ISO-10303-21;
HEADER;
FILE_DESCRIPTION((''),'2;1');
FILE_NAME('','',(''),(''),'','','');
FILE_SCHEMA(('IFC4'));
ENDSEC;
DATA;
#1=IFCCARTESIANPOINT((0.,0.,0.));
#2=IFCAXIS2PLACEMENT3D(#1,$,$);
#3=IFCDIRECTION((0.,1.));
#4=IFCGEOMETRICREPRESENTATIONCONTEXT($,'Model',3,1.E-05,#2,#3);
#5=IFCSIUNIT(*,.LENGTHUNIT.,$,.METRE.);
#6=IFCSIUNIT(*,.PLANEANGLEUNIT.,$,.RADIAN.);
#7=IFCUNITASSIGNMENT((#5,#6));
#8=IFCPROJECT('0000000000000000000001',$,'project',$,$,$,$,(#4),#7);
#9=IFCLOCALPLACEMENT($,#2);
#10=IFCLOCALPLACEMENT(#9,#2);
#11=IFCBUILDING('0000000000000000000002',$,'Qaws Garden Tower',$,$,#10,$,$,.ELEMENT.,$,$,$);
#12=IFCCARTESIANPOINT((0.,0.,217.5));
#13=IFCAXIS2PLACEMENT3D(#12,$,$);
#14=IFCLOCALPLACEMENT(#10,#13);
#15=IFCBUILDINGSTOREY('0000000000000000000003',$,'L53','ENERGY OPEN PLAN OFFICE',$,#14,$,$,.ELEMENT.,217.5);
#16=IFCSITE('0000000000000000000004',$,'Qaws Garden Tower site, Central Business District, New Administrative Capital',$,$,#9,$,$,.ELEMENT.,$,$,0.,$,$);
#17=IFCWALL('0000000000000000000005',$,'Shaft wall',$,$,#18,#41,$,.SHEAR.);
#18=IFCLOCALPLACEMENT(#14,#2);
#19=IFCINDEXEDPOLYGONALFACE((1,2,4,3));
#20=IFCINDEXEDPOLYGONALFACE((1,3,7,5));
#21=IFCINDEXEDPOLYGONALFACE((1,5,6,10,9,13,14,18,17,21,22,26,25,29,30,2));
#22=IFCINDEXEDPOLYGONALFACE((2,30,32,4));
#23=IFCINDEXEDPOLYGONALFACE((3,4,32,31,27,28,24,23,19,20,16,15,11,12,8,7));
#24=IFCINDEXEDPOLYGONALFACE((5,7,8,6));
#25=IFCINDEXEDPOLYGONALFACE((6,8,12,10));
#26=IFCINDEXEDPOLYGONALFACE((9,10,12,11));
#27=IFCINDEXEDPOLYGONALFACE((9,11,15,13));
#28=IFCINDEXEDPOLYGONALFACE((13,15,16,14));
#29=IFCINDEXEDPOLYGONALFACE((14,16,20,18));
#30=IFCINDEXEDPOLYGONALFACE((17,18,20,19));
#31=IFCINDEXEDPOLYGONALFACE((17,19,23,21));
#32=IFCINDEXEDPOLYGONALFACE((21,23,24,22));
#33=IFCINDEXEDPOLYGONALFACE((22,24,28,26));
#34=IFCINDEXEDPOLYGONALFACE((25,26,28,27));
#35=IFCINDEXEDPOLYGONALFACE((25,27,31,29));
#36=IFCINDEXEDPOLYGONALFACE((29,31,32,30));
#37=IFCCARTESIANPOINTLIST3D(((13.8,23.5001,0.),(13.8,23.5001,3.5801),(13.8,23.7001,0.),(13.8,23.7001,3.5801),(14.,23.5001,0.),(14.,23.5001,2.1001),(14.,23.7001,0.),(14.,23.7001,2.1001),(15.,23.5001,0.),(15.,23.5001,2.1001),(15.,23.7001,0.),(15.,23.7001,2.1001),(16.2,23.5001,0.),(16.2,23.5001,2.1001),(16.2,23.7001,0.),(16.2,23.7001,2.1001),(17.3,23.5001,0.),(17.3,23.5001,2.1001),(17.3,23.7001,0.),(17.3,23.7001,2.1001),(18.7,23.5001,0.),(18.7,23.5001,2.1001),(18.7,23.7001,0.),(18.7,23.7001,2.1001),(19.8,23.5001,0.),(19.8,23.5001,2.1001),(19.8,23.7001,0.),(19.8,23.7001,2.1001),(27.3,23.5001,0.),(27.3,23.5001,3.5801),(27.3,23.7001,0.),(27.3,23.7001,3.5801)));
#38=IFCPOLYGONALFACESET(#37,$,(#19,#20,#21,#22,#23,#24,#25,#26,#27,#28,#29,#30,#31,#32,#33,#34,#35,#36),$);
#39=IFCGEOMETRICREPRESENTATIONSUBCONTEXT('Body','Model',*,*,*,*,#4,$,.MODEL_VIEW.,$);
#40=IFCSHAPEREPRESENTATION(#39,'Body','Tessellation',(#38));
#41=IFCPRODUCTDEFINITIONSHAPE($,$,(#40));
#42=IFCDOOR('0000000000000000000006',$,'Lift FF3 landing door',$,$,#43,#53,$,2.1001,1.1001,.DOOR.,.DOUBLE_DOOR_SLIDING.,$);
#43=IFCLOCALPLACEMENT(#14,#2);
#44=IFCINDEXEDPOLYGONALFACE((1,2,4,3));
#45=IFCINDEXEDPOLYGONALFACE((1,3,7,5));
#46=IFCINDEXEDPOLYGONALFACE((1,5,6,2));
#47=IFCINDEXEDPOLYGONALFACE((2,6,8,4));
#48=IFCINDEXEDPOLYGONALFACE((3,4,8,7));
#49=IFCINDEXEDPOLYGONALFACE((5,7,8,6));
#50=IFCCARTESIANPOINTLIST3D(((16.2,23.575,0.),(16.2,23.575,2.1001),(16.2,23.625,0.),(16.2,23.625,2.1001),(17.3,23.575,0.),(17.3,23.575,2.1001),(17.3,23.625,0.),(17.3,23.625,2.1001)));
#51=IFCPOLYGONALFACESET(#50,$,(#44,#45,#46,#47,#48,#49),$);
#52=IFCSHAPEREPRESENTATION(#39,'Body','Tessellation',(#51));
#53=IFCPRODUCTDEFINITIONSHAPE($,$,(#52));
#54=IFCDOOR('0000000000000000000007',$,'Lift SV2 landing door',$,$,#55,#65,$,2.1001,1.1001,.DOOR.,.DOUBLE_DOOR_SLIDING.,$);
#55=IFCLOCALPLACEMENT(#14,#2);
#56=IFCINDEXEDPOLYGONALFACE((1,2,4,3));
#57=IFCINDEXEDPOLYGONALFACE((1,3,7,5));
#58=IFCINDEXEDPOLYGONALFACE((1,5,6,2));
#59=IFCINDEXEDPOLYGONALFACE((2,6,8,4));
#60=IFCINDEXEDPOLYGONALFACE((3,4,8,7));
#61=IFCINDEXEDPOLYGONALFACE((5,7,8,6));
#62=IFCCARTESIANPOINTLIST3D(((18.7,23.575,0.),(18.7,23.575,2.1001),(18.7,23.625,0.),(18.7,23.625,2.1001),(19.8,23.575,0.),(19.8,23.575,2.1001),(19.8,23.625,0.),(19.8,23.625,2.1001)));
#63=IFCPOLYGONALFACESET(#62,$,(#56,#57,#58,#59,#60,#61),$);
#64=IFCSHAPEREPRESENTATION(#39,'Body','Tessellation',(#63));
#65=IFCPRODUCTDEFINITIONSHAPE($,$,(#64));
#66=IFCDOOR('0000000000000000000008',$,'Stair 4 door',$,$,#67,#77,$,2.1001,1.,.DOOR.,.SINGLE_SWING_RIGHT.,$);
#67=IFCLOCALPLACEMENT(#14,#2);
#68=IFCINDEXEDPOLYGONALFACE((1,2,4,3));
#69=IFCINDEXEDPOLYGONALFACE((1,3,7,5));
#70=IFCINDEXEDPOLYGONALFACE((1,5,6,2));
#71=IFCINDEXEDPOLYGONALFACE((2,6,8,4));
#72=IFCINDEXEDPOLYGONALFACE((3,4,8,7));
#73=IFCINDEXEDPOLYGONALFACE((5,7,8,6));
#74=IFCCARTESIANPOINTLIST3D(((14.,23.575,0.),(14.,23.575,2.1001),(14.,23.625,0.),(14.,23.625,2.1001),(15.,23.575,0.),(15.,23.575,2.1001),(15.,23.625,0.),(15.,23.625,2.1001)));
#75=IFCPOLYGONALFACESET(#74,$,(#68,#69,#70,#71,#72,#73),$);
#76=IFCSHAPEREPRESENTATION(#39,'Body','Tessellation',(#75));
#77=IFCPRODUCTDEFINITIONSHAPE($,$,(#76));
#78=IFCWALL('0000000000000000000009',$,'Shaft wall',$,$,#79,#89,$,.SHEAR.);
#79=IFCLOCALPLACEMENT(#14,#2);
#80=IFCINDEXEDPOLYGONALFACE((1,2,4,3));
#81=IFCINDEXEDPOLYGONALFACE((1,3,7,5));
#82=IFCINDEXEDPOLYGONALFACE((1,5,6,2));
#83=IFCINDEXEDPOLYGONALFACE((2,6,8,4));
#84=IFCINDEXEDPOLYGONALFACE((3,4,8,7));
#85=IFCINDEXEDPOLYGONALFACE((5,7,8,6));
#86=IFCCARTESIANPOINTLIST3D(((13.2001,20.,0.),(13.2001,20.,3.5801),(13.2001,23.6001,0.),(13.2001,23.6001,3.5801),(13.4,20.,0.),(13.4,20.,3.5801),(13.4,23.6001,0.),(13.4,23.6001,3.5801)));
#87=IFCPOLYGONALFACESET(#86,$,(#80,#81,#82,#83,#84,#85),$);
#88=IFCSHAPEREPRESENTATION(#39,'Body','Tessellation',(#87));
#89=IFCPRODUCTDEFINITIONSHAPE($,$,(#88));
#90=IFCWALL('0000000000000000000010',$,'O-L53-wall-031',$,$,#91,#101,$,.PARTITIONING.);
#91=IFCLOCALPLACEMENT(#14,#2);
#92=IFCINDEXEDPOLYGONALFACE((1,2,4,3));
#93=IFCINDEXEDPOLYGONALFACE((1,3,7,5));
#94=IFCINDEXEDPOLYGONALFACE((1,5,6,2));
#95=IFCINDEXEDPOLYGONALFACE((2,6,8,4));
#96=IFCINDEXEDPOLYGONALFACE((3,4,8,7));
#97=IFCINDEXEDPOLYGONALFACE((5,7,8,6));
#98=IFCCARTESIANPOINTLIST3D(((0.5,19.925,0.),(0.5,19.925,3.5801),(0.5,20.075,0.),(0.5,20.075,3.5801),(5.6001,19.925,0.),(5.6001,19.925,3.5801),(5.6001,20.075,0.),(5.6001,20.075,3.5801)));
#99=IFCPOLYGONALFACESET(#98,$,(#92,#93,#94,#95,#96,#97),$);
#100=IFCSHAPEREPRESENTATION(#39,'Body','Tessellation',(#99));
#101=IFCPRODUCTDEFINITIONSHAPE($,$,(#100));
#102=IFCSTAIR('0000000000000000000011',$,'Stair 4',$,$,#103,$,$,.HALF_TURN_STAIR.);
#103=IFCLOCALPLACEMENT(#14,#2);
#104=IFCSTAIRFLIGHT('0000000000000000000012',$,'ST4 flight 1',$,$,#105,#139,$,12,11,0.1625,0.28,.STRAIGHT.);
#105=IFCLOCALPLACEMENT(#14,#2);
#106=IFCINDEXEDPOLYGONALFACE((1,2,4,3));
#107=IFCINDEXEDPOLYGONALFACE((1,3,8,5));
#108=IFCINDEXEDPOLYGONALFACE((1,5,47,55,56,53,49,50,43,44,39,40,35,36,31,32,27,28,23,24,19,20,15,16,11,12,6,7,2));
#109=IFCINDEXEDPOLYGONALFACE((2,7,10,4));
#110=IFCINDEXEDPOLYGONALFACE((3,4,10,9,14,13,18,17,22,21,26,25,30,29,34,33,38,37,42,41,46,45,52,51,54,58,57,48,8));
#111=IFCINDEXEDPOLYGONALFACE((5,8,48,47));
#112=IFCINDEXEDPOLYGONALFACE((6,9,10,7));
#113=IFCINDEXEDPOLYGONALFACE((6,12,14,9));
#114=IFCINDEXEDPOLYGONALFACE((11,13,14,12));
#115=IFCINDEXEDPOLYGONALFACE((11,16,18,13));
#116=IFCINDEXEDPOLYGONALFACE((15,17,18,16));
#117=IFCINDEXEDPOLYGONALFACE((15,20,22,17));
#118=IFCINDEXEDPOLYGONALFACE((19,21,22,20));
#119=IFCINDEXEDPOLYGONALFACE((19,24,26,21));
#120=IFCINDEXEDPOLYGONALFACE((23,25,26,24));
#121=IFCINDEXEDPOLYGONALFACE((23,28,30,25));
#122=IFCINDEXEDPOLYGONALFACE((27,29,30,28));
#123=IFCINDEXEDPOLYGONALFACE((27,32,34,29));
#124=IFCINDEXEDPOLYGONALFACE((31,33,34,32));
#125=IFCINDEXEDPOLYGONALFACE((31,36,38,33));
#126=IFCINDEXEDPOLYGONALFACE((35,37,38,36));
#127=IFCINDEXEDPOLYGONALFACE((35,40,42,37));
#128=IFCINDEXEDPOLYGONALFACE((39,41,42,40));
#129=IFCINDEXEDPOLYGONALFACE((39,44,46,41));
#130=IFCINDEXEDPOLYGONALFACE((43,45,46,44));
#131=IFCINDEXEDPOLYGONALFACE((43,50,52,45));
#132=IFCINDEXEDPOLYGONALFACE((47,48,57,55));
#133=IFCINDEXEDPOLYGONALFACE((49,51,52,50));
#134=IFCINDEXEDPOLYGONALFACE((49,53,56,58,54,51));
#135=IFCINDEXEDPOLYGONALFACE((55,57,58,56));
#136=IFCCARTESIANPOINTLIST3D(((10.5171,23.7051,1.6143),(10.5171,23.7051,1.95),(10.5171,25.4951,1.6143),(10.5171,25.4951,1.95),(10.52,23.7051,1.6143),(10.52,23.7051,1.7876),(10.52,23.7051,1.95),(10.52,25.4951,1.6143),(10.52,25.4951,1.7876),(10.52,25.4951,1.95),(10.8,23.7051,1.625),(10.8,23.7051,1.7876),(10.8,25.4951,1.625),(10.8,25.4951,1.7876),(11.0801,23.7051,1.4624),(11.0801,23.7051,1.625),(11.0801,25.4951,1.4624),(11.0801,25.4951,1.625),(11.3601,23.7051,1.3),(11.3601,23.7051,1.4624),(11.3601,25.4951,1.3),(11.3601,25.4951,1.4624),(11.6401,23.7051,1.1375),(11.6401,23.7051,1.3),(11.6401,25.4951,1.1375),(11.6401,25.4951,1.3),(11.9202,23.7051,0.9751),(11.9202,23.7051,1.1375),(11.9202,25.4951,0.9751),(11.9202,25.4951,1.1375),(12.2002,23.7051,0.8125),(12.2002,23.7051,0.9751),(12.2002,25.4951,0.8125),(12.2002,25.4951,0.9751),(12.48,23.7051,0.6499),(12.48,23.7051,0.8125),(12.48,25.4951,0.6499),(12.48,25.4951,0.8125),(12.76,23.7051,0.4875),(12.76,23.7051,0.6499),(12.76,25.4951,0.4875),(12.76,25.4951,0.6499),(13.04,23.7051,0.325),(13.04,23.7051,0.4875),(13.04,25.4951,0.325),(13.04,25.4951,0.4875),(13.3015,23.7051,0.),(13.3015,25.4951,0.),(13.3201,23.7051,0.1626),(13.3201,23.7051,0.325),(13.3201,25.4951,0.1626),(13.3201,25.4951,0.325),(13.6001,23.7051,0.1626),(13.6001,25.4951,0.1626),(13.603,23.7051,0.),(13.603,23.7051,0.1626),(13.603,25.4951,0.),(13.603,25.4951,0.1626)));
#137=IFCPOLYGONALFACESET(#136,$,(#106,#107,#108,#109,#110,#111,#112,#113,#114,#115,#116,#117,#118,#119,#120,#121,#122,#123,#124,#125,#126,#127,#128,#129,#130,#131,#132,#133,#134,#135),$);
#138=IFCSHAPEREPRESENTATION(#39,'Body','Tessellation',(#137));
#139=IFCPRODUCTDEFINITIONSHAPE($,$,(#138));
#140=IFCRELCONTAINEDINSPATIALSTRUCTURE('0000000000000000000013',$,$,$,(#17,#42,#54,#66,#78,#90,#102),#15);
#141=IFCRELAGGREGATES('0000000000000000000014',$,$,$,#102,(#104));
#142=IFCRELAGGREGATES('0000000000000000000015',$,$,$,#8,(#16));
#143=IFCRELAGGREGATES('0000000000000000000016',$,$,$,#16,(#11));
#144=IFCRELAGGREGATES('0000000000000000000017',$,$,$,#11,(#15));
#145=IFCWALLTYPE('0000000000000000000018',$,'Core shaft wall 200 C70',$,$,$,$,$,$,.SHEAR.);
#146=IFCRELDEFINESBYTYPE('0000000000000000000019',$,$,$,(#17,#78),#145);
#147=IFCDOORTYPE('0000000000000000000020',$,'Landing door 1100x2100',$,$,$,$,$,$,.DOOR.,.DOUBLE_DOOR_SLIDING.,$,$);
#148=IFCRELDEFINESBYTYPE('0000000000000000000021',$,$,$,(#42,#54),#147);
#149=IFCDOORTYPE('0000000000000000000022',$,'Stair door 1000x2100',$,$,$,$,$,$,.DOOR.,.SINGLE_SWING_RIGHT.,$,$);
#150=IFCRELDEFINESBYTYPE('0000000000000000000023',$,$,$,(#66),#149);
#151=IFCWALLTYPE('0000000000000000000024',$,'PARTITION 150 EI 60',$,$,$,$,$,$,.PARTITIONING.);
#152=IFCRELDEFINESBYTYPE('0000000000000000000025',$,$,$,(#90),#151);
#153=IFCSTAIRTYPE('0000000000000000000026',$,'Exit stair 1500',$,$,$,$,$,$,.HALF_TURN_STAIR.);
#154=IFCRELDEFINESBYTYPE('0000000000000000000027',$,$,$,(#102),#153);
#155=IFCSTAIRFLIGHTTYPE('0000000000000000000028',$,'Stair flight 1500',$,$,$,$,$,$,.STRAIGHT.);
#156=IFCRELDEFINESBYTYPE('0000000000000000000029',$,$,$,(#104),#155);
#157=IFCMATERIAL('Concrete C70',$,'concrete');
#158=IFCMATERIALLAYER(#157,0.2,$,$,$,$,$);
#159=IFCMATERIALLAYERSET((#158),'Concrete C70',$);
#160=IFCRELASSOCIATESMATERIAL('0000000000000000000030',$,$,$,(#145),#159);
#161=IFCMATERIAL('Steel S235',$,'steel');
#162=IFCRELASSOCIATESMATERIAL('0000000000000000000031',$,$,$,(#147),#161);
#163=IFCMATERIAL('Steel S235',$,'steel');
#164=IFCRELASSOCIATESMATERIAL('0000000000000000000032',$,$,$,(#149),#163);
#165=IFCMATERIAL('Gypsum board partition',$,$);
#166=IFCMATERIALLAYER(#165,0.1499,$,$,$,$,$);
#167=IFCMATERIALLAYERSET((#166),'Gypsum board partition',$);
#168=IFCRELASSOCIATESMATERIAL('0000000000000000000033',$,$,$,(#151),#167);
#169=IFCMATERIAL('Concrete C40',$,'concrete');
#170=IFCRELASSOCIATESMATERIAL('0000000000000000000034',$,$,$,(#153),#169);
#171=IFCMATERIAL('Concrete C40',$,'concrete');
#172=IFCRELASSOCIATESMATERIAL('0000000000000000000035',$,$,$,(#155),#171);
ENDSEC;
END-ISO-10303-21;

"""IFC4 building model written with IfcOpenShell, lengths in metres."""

from ifc_helpers import new_model, si_unit, direction, frame, frame_2d, origin, place, context, subcontext, project, spatial, polyline, rectangle, outline, extrude, material, layer, layer_set, type_object, element, fill, aggregate, save


model = new_model("IFC4")

# Units and contexts
model_context = context("Model", 3, precision=1e-05, world=origin(), true_north=direction((0.0, 1.0)))
body_context = subcontext(model_context, "Body", "Model", "MODEL_VIEW")
ifc_project = project(units=[si_unit("LENGTHUNIT", "METRE"), si_unit("PLANEANGLEUNIT", "RADIAN")], contexts=[model_context])

# Site, building, storey
site_placement = place(None, origin())
site = spatial("IfcSite", under=ifc_project, at=site_placement, Name="Qaws Garden Tower site, Central Business District, New Administrative Capital", CompositionType="ELEMENT", RefElevation=0.0)
building_placement = place(site_placement, origin())
building = spatial("IfcBuilding", under=site, at=building_placement, Name="Qaws Garden Tower", CompositionType="ELEMENT")
storey_placement = place(building_placement, frame((0.0, 0.0, 217.5)))
storey = spatial("IfcBuildingStorey", under=building, at=storey_placement, Name="L53", Description="ENERGY OPEN PLAN OFFICE", CompositionType="ELEMENT", Elevation=217.5)

# Shared definitions
ifc_material_1 = material(Name="Concrete C70", Category="concrete")
ifc_layer_1 = layer(ifc_material_1, 0.2)
ifc_layer_set_1 = layer_set([ifc_layer_1], Name="Concrete C70")
wall_type_1 = type_object("IfcWallType", Name="Core shaft wall 200 C70", PredefinedType="SHEAR", material=ifc_layer_set_1)

# Wall, openings, doors
wall_1_placement = place(storey_placement, frame((13.8, 23.6001, 0.0), z_axis=(0.0, 0.0, 1.0), x_axis=(1.0, 0.0, 0.0)))
wall_1 = element("IfcWall", 1, at=wall_1_placement, inside=storey, type_object=wall_type_1, Name="Shaft wall", PredefinedType="SHEAR", context=body_context, shape_type="SweptSolid", body=[
    extrude(rectangle(XDim=13.5, YDim=0.2, at=frame_2d((6.75, 0.0))), origin(), (0.0, 0.0, 1.0), 3.5801),
])
opening_1_placement = place(wall_1_placement, frame((2.3999, 0.0, 0.0)))
opening_1 = element("IfcOpeningElement", 2, at=opening_1_placement, cuts=wall_1, PredefinedType="OPENING", context=body_context, shape_type="SweptSolid", body=[
    extrude(rectangle(XDim=1.1001, YDim=2.1001, at=frame_2d((0.55, 1.05))), frame((0.0, 0.1099, 0.0), z_axis=(0.0, -1.0, 0.0), x_axis=(1.0, 0.0, 0.0)), (0.0, 0.0, 1.0), 0.22),
])
opening_2_placement = place(wall_1_placement, frame((4.8999, 0.0, 0.0)))
opening_2 = element("IfcOpeningElement", 3, at=opening_2_placement, cuts=wall_1, PredefinedType="OPENING", context=body_context, shape_type="SweptSolid", body=[
    extrude(rectangle(XDim=1.1001, YDim=2.1001, at=frame_2d((0.55, 1.05))), frame((0.0, 0.1099, 0.0), z_axis=(0.0, -1.0, 0.0), x_axis=(1.0, 0.0, 0.0)), (0.0, 0.0, 1.0), 0.22),
])
opening_3_placement = place(wall_1_placement, frame((0.2, 0.0, 0.0)))
opening_3 = element("IfcOpeningElement", 4, at=opening_3_placement, cuts=wall_1, PredefinedType="OPENING", context=body_context, shape_type="SweptSolid", body=[
    extrude(rectangle(XDim=1.0, YDim=2.1001, at=frame_2d((0.5, 1.05))), frame((0.0, 0.1099, 0.0), z_axis=(0.0, -1.0, 0.0), x_axis=(1.0, 0.0, 0.0)), (0.0, 0.0, 1.0), 0.22),
])
ifc_material_2 = material(Name="Steel S235", Category="steel")
door_type_1 = type_object("IfcDoorType", Name="Landing door 1100x2100", OperationType="DOUBLE_DOOR_SLIDING", PredefinedType="DOOR", material=ifc_material_2)
door_1_placement = place(opening_1_placement, origin())
door_1 = element("IfcDoor", 5, at=door_1_placement, inside=storey, type_object=door_type_1, Name="Lift FF3 landing door", OperationType="DOUBLE_DOOR_SLIDING", OverallHeight=2.1001, OverallWidth=1.1001, PredefinedType="DOOR", context=body_context, shape_type="SweptSolid", body=[
    extrude(rectangle(XDim=1.1001, YDim=2.1001, at=frame_2d((0.55, 1.05))), frame((0.0, 0.0249, 0.0), z_axis=(0.0, -1.0, 0.0), x_axis=(1.0, 0.0, 0.0)), (0.0, 0.0, 1.0), 0.05),
])
fill(opening_1, door_1)
door_2_placement = place(opening_2_placement, origin())
door_2 = element("IfcDoor", 6, at=door_2_placement, inside=storey, type_object=door_type_1, Name="Lift SV2 landing door", OperationType="DOUBLE_DOOR_SLIDING", OverallHeight=2.1001, OverallWidth=1.1001, PredefinedType="DOOR", context=body_context, shape_type="SweptSolid", body=[
    extrude(rectangle(XDim=1.1001, YDim=2.1001, at=frame_2d((0.55, 1.05))), frame((0.0, 0.0249, 0.0), z_axis=(0.0, -1.0, 0.0), x_axis=(1.0, 0.0, 0.0)), (0.0, 0.0, 1.0), 0.05),
])
fill(opening_2, door_2)
ifc_material_3 = material(Name="Steel S235", Category="steel")
door_type_2 = type_object("IfcDoorType", Name="Stair door 1000x2100", OperationType="SINGLE_SWING_RIGHT", PredefinedType="DOOR", material=ifc_material_3)
door_3_placement = place(opening_3_placement, origin())
door_3 = element("IfcDoor", 7, at=door_3_placement, inside=storey, type_object=door_type_2, Name="Stair 4 door", OperationType="SINGLE_SWING_RIGHT", OverallHeight=2.1001, OverallWidth=1.0, PredefinedType="DOOR", context=body_context, shape_type="SweptSolid", body=[
    extrude(rectangle(XDim=1.0, YDim=2.1001, at=frame_2d((0.5, 1.05))), frame((0.0, 0.0249, 0.0), z_axis=(0.0, -1.0, 0.0), x_axis=(1.0, 0.0, 0.0)), (0.0, 0.0, 1.0), 0.05),
])
fill(opening_3, door_3)

# Walls
wall_2_placement = place(storey_placement, frame((13.3, 20.0, 0.0), z_axis=(0.0, 0.0, 1.0), x_axis=(0.0, 1.0, 0.0)))
element("IfcWall", 8, at=wall_2_placement, inside=storey, type_object=wall_type_1, Name="Shaft wall", PredefinedType="SHEAR", context=body_context, shape_type="SweptSolid", body=[
    extrude(rectangle(XDim=3.6001, YDim=0.2, at=frame_2d((1.8, 0.0))), origin(), (0.0, 0.0, 1.0), 3.5801),
])
ifc_material_4 = material(Name="Gypsum board partition")
ifc_layer_2 = layer(ifc_material_4, 0.1499)
ifc_layer_set_2 = layer_set([ifc_layer_2], Name="Gypsum board partition")
wall_type_2 = type_object("IfcWallType", Name="PARTITION 150 EI 60", PredefinedType="PARTITIONING", material=ifc_layer_set_2)
wall_3_placement = place(storey_placement, frame((0.5, 20.0, 0.0), z_axis=(0.0, 0.0, 1.0), x_axis=(1.0, 0.0, 0.0)))
element("IfcWall", 9, at=wall_3_placement, inside=storey, type_object=wall_type_2, Name="O-L53-wall-031", PredefinedType="PARTITIONING", context=body_context, shape_type="SweptSolid", body=[
    extrude(rectangle(XDim=5.1001, YDim=0.1499, at=frame_2d((2.55, 0.0))), origin(), (0.0, 0.0, 1.0), 3.5801),
])

# Stair, stair flight
ifc_material_5 = material(Name="Concrete C40", Category="concrete")
stair_type = type_object("IfcStairType", Name="Exit stair 1500", PredefinedType="HALF_TURN_STAIR", material=ifc_material_5)
stair_placement = place(storey_placement, origin())
stair = element("IfcStair", 10, at=stair_placement, inside=storey, type_object=stair_type, Name="Stair 4", PredefinedType="HALF_TURN_STAIR")
ifc_material_6 = material(Name="Concrete C40", Category="concrete")
stair_flight_type = type_object("IfcStairFlightType", Name="Stair flight 1500", PredefinedType="STRAIGHT", material=ifc_material_6)
stair_flight_placement = place(storey_placement, frame((13.6001, 24.6001, 0.0), z_axis=(0.0, 0.0, 1.0), x_axis=(-1.0, 0.0, 0.0)))
stair_flight = element("IfcStairFlight", 11, at=stair_flight_placement, type_object=stair_flight_type, Name="ST4 flight 1", NumberOfRisers=12, NumberOfTreads=11, PredefinedType="STRAIGHT", RiserHeight=0.1625, TreadLength=0.28, context=body_context, shape_type="SweptSolid", body=[
    extrude(outline(polyline([(-0.0029, 0.0), (-0.0029, 0.1626), (0.0, 0.1626), (0.28, 0.1626), (0.28, 0.325), (0.5601, 0.325), (0.5601, 0.4875), (0.8401, 0.4875), (0.8401, 0.6499), (1.1201, 0.6499), (1.1201, 0.8125), (1.3999, 0.8125), (1.3999, 0.9751), (1.6799, 0.9751), (1.6799, 1.1375), (1.96, 1.1375), (1.96, 1.3), (2.24, 1.3), (2.24, 1.4624), (2.52, 1.4624), (2.52, 1.625), (2.8, 1.625), (2.8, 1.7876), (3.0801, 1.7876), (3.0801, 1.95), (3.083, 1.95), (3.083, 1.6143), (3.0801, 1.6143), (0.2986, 0.0), (-0.0029, 0.0)])), frame((0.0, 0.895, 0.0), z_axis=(0.0, -1.0, 0.0), x_axis=(1.0, 0.0, 0.0)), (0.0, 0.0, 1.0), 1.79),
])
aggregate(stair, [stair_flight])

save(model, "model.ifc")
